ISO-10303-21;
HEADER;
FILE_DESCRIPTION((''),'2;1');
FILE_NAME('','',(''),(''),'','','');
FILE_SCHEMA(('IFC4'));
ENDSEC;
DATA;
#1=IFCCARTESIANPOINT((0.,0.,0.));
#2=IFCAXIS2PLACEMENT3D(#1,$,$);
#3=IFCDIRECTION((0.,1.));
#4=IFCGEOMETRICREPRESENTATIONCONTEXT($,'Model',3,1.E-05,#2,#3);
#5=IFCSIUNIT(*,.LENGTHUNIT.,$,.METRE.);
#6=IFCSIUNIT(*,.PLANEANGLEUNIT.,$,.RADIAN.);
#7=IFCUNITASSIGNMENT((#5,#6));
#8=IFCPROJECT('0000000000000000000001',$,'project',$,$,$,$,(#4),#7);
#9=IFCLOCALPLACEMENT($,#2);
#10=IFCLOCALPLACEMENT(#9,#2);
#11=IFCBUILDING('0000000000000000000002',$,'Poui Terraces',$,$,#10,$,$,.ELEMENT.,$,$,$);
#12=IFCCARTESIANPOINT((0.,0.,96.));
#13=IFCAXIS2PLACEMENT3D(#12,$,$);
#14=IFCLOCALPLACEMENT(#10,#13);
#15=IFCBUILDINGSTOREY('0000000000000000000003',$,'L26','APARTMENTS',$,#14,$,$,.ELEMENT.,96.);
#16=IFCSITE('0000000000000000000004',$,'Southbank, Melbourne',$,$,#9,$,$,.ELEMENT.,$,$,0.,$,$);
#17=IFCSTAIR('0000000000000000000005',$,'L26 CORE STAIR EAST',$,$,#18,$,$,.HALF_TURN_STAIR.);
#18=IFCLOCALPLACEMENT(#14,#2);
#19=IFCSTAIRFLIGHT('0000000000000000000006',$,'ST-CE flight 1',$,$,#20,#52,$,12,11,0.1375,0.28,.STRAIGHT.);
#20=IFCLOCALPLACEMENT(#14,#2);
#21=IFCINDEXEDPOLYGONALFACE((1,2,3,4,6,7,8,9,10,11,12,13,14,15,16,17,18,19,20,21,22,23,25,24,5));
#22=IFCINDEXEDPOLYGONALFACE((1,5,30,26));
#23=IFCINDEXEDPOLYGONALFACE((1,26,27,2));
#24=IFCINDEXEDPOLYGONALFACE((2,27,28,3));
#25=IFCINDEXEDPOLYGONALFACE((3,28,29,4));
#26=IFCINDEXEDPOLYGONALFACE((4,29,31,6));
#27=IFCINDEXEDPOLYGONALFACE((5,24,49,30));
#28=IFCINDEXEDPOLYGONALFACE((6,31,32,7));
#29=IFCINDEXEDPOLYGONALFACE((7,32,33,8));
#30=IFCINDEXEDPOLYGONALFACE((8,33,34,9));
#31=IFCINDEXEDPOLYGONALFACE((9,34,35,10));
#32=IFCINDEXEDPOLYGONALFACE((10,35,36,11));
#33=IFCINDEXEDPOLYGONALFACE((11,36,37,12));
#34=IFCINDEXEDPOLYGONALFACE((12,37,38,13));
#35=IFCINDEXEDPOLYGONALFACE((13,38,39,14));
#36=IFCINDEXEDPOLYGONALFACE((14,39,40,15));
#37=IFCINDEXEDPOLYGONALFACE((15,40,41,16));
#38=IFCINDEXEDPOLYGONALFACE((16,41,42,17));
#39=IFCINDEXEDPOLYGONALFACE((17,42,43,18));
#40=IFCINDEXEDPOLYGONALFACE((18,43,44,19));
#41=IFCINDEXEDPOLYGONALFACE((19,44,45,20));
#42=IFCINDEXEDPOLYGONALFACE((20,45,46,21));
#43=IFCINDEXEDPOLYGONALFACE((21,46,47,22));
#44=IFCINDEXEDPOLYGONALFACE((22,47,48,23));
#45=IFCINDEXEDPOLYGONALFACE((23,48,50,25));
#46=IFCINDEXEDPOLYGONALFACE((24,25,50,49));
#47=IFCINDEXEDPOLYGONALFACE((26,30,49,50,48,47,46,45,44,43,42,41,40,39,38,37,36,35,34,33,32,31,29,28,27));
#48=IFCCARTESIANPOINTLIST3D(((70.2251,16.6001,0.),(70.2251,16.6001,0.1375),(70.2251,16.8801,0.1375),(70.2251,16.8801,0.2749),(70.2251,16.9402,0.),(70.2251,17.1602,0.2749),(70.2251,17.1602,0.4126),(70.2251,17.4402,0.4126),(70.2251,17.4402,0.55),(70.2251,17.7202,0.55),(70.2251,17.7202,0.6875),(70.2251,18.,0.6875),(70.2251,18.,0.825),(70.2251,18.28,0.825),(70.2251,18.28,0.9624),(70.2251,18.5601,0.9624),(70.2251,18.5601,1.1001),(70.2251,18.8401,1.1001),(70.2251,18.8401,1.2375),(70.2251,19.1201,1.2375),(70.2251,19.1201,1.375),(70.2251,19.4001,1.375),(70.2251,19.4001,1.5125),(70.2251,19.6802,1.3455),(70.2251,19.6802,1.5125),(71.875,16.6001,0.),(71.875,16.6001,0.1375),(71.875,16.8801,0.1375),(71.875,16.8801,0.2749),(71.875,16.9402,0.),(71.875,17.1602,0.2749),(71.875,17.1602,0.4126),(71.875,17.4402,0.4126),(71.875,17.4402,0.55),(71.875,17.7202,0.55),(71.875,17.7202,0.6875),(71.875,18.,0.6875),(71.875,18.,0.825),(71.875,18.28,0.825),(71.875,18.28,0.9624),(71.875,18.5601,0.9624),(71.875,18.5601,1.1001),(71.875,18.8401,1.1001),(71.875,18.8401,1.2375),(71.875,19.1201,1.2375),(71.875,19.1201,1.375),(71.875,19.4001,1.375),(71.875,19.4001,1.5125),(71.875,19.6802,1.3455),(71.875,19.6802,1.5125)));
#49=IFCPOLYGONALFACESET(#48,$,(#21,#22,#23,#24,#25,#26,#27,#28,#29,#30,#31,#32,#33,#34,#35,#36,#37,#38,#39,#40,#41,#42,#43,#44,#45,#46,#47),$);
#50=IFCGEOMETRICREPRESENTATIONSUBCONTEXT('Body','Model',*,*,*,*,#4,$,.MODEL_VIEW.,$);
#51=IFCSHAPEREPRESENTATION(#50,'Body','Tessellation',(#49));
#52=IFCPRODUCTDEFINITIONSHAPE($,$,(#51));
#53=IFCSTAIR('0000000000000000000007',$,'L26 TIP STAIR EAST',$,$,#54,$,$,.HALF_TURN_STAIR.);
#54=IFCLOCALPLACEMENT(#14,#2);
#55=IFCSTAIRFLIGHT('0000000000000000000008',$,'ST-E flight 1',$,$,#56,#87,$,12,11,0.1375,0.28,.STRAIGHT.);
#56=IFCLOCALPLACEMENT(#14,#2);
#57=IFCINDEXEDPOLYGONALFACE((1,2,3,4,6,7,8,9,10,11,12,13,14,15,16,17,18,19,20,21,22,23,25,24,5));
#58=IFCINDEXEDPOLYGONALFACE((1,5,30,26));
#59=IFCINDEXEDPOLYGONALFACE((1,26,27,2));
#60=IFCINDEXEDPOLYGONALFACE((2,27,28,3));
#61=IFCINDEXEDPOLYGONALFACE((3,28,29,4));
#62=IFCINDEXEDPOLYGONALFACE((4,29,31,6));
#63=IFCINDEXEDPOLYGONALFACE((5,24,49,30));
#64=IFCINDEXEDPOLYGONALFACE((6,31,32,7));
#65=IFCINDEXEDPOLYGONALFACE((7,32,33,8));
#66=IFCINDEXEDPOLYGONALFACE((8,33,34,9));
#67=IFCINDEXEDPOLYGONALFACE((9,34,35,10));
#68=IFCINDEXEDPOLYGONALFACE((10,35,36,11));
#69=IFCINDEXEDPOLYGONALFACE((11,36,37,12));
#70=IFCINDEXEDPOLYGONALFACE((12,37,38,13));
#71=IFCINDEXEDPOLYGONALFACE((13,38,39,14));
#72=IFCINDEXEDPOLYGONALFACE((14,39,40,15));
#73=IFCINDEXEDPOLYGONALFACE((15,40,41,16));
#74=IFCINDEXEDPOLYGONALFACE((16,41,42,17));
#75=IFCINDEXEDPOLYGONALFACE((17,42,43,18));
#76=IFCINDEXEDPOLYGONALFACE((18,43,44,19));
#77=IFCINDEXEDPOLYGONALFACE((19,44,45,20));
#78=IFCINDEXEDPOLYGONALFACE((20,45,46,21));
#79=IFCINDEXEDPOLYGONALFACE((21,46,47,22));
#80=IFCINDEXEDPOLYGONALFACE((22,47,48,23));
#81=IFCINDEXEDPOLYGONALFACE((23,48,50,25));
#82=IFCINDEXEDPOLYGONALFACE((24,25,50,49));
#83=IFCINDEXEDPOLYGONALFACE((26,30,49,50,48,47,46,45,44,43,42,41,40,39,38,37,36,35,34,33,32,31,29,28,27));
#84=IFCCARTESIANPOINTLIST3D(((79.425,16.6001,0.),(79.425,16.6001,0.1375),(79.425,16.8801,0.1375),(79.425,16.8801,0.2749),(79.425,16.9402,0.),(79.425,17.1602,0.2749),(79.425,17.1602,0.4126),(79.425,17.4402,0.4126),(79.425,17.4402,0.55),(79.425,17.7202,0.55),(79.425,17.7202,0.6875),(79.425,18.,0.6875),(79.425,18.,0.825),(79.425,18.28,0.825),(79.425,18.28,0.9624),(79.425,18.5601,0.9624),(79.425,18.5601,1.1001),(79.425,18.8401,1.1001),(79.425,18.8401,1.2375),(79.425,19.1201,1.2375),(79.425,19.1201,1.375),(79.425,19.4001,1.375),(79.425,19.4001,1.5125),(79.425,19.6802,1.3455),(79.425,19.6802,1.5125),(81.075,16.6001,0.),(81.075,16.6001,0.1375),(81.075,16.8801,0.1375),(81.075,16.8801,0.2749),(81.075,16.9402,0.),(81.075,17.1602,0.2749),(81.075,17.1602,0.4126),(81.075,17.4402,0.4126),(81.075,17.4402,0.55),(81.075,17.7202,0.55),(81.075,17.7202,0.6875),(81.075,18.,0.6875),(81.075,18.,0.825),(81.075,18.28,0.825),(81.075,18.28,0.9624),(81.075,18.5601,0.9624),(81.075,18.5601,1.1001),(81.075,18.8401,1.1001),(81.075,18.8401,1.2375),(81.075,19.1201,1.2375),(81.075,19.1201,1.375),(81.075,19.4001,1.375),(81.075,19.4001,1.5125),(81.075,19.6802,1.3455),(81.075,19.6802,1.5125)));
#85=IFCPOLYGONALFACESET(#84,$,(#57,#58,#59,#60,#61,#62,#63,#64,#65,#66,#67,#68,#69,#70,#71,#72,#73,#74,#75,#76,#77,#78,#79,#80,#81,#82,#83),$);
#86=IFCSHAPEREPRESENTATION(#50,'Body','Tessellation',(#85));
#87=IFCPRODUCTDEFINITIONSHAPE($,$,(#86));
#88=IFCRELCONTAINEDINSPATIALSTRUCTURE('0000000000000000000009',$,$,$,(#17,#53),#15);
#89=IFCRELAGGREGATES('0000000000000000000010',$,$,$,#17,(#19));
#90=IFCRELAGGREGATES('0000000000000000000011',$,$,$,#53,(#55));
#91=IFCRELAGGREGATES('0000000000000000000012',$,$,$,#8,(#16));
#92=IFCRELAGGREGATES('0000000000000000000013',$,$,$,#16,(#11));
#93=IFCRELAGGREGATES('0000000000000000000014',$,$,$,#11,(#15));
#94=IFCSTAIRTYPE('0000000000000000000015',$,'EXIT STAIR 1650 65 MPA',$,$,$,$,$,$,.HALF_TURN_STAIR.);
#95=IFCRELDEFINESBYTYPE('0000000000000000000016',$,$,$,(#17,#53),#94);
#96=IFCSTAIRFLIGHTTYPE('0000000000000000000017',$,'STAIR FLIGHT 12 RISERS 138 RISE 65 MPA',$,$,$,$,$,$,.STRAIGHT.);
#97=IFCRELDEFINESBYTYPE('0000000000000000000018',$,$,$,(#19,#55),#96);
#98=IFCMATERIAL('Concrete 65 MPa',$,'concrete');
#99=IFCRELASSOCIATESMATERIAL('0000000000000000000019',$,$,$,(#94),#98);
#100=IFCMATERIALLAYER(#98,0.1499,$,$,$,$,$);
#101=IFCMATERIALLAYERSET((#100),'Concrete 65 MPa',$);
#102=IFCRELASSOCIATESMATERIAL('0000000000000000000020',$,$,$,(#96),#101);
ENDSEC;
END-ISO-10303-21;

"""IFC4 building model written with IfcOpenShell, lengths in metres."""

from ifc_helpers import new_model, si_unit, direction, frame, origin, place, context, subcontext, project, spatial, polyline, outline, extrude, material, layer, layer_set, type_object, element, aggregate, save


model = new_model("IFC4")

# Units and contexts
model_context = context("Model", 3, precision=1e-05, world=origin(), true_north=direction((0.0, 1.0)))
body_context = subcontext(model_context, "Body", "Model", "MODEL_VIEW")
ifc_project = project(units=[si_unit("LENGTHUNIT", "METRE"), si_unit("PLANEANGLEUNIT", "RADIAN")], contexts=[model_context])

# Site, building, storey
site_placement = place(None, origin())
site = spatial("IfcSite", under=ifc_project, at=site_placement, Name="Southbank, Melbourne", CompositionType="ELEMENT", RefElevation=0.0)
building_placement = place(site_placement, origin())
building = spatial("IfcBuilding", under=site, at=building_placement, Name="Poui Terraces", CompositionType="ELEMENT")
storey_placement = place(building_placement, frame((0.0, 0.0, 96.0)))
storey = spatial("IfcBuildingStorey", under=building, at=storey_placement, Name="L26", Description="APARTMENTS", CompositionType="ELEMENT", Elevation=96.0)

# Shared definitions
ifc_material_1 = material(Name="Concrete 65 MPa", Category="concrete")

# Stairs, stair flights
stair_type = type_object("IfcStairType", Name="EXIT STAIR 1650 65 MPA", PredefinedType="HALF_TURN_STAIR", material=ifc_material_1)
stair_1_placement = place(storey_placement, origin())
stair_1 = element("IfcStair", 1, at=stair_1_placement, inside=storey, type_object=stair_type, Name="L26 CORE STAIR EAST", PredefinedType="HALF_TURN_STAIR")
ifc_layer_1 = layer(ifc_material_1, 0.1499)
ifc_layer_set_1 = layer_set([ifc_layer_1], Name="Concrete 65 MPa")
stair_flight_type = type_object("IfcStairFlightType", Name="STAIR FLIGHT 12 RISERS 138 RISE 65 MPA", PredefinedType="STRAIGHT", material=ifc_layer_set_1)
stair_flight_1_placement = place(storey_placement, frame((71.05, 16.6001, 0.0), z_axis=(0.0, 0.0, 1.0), x_axis=(0.0, 1.0, 0.0)))
stair_flight_1 = element("IfcStairFlight", 2, at=stair_flight_1_placement, type_object=stair_flight_type, Name="ST-CE flight 1", NumberOfRisers=12, NumberOfTreads=11, PredefinedType="STRAIGHT", RiserHeight=0.1375, TreadLength=0.28, context=body_context, shape_type="SweptSolid", body=[
    extrude(outline(polyline([(0.0, 0.0), (0.0, 0.1375), (0.28, 0.1375), (0.28, 0.2749), (0.5601, 0.2749), (0.5601, 0.4126), (0.8401, 0.4126), (0.8401, 0.55), (1.1201, 0.55), (1.1201, 0.6875), (1.3999, 0.6875), (1.3999, 0.825), (1.6799, 0.825), (1.6799, 0.9624), (1.96, 0.9624), (1.96, 1.1001), (2.24, 1.1001), (2.24, 1.2375), (2.52, 1.2375), (2.52, 1.375), (2.8, 1.375), (2.8, 1.5125), (3.0801, 1.5125), (3.0801, 1.6499), (3.0801, 1.3455), (0.3401, 0.0), (0.0, 0.0)])), frame((0.0, 0.825, 0.0), z_axis=(0.0, -1.0, 0.0), x_axis=(1.0, 0.0, 0.0)), (0.0, 0.0, 1.0), 1.6499),
])
aggregate(stair_1, [stair_flight_1])
stair_2_placement = place(storey_placement, origin())
stair_2 = element("IfcStair", 3, at=stair_2_placement, inside=storey, type_object=stair_type, Name="L26 TIP STAIR EAST", PredefinedType="HALF_TURN_STAIR")
stair_flight_2_placement = place(storey_placement, frame((80.25, 16.6001, 0.0), z_axis=(0.0, 0.0, 1.0), x_axis=(0.0, 1.0, 0.0)))
stair_flight_2 = element("IfcStairFlight", 4, at=stair_flight_2_placement, type_object=stair_flight_type, Name="ST-E flight 1", NumberOfRisers=12, NumberOfTreads=11, PredefinedType="STRAIGHT", RiserHeight=0.1375, TreadLength=0.28, context=body_context, shape_type="SweptSolid", body=[
    extrude(outline(polyline([(0.0, 0.0), (0.0, 0.1375), (0.28, 0.1375), (0.28, 0.2749), (0.5601, 0.2749), (0.5601, 0.4126), (0.8401, 0.4126), (0.8401, 0.55), (1.1201, 0.55), (1.1201, 0.6875), (1.3999, 0.6875), (1.3999, 0.825), (1.6799, 0.825), (1.6799, 0.9624), (1.96, 0.9624), (1.96, 1.1001), (2.24, 1.1001), (2.24, 1.2375), (2.52, 1.2375), (2.52, 1.375), (2.8, 1.375), (2.8, 1.5125), (3.0801, 1.5125), (3.0801, 1.6499), (3.0801, 1.3455), (0.3401, 0.0), (0.0, 0.0)])), frame((0.0, 0.825, 0.0), z_axis=(0.0, -1.0, 0.0), x_axis=(1.0, 0.0, 0.0)), (0.0, 0.0, 1.0), 1.6499),
])
aggregate(stair_2, [stair_flight_2])

save(model, "model.ifc")
